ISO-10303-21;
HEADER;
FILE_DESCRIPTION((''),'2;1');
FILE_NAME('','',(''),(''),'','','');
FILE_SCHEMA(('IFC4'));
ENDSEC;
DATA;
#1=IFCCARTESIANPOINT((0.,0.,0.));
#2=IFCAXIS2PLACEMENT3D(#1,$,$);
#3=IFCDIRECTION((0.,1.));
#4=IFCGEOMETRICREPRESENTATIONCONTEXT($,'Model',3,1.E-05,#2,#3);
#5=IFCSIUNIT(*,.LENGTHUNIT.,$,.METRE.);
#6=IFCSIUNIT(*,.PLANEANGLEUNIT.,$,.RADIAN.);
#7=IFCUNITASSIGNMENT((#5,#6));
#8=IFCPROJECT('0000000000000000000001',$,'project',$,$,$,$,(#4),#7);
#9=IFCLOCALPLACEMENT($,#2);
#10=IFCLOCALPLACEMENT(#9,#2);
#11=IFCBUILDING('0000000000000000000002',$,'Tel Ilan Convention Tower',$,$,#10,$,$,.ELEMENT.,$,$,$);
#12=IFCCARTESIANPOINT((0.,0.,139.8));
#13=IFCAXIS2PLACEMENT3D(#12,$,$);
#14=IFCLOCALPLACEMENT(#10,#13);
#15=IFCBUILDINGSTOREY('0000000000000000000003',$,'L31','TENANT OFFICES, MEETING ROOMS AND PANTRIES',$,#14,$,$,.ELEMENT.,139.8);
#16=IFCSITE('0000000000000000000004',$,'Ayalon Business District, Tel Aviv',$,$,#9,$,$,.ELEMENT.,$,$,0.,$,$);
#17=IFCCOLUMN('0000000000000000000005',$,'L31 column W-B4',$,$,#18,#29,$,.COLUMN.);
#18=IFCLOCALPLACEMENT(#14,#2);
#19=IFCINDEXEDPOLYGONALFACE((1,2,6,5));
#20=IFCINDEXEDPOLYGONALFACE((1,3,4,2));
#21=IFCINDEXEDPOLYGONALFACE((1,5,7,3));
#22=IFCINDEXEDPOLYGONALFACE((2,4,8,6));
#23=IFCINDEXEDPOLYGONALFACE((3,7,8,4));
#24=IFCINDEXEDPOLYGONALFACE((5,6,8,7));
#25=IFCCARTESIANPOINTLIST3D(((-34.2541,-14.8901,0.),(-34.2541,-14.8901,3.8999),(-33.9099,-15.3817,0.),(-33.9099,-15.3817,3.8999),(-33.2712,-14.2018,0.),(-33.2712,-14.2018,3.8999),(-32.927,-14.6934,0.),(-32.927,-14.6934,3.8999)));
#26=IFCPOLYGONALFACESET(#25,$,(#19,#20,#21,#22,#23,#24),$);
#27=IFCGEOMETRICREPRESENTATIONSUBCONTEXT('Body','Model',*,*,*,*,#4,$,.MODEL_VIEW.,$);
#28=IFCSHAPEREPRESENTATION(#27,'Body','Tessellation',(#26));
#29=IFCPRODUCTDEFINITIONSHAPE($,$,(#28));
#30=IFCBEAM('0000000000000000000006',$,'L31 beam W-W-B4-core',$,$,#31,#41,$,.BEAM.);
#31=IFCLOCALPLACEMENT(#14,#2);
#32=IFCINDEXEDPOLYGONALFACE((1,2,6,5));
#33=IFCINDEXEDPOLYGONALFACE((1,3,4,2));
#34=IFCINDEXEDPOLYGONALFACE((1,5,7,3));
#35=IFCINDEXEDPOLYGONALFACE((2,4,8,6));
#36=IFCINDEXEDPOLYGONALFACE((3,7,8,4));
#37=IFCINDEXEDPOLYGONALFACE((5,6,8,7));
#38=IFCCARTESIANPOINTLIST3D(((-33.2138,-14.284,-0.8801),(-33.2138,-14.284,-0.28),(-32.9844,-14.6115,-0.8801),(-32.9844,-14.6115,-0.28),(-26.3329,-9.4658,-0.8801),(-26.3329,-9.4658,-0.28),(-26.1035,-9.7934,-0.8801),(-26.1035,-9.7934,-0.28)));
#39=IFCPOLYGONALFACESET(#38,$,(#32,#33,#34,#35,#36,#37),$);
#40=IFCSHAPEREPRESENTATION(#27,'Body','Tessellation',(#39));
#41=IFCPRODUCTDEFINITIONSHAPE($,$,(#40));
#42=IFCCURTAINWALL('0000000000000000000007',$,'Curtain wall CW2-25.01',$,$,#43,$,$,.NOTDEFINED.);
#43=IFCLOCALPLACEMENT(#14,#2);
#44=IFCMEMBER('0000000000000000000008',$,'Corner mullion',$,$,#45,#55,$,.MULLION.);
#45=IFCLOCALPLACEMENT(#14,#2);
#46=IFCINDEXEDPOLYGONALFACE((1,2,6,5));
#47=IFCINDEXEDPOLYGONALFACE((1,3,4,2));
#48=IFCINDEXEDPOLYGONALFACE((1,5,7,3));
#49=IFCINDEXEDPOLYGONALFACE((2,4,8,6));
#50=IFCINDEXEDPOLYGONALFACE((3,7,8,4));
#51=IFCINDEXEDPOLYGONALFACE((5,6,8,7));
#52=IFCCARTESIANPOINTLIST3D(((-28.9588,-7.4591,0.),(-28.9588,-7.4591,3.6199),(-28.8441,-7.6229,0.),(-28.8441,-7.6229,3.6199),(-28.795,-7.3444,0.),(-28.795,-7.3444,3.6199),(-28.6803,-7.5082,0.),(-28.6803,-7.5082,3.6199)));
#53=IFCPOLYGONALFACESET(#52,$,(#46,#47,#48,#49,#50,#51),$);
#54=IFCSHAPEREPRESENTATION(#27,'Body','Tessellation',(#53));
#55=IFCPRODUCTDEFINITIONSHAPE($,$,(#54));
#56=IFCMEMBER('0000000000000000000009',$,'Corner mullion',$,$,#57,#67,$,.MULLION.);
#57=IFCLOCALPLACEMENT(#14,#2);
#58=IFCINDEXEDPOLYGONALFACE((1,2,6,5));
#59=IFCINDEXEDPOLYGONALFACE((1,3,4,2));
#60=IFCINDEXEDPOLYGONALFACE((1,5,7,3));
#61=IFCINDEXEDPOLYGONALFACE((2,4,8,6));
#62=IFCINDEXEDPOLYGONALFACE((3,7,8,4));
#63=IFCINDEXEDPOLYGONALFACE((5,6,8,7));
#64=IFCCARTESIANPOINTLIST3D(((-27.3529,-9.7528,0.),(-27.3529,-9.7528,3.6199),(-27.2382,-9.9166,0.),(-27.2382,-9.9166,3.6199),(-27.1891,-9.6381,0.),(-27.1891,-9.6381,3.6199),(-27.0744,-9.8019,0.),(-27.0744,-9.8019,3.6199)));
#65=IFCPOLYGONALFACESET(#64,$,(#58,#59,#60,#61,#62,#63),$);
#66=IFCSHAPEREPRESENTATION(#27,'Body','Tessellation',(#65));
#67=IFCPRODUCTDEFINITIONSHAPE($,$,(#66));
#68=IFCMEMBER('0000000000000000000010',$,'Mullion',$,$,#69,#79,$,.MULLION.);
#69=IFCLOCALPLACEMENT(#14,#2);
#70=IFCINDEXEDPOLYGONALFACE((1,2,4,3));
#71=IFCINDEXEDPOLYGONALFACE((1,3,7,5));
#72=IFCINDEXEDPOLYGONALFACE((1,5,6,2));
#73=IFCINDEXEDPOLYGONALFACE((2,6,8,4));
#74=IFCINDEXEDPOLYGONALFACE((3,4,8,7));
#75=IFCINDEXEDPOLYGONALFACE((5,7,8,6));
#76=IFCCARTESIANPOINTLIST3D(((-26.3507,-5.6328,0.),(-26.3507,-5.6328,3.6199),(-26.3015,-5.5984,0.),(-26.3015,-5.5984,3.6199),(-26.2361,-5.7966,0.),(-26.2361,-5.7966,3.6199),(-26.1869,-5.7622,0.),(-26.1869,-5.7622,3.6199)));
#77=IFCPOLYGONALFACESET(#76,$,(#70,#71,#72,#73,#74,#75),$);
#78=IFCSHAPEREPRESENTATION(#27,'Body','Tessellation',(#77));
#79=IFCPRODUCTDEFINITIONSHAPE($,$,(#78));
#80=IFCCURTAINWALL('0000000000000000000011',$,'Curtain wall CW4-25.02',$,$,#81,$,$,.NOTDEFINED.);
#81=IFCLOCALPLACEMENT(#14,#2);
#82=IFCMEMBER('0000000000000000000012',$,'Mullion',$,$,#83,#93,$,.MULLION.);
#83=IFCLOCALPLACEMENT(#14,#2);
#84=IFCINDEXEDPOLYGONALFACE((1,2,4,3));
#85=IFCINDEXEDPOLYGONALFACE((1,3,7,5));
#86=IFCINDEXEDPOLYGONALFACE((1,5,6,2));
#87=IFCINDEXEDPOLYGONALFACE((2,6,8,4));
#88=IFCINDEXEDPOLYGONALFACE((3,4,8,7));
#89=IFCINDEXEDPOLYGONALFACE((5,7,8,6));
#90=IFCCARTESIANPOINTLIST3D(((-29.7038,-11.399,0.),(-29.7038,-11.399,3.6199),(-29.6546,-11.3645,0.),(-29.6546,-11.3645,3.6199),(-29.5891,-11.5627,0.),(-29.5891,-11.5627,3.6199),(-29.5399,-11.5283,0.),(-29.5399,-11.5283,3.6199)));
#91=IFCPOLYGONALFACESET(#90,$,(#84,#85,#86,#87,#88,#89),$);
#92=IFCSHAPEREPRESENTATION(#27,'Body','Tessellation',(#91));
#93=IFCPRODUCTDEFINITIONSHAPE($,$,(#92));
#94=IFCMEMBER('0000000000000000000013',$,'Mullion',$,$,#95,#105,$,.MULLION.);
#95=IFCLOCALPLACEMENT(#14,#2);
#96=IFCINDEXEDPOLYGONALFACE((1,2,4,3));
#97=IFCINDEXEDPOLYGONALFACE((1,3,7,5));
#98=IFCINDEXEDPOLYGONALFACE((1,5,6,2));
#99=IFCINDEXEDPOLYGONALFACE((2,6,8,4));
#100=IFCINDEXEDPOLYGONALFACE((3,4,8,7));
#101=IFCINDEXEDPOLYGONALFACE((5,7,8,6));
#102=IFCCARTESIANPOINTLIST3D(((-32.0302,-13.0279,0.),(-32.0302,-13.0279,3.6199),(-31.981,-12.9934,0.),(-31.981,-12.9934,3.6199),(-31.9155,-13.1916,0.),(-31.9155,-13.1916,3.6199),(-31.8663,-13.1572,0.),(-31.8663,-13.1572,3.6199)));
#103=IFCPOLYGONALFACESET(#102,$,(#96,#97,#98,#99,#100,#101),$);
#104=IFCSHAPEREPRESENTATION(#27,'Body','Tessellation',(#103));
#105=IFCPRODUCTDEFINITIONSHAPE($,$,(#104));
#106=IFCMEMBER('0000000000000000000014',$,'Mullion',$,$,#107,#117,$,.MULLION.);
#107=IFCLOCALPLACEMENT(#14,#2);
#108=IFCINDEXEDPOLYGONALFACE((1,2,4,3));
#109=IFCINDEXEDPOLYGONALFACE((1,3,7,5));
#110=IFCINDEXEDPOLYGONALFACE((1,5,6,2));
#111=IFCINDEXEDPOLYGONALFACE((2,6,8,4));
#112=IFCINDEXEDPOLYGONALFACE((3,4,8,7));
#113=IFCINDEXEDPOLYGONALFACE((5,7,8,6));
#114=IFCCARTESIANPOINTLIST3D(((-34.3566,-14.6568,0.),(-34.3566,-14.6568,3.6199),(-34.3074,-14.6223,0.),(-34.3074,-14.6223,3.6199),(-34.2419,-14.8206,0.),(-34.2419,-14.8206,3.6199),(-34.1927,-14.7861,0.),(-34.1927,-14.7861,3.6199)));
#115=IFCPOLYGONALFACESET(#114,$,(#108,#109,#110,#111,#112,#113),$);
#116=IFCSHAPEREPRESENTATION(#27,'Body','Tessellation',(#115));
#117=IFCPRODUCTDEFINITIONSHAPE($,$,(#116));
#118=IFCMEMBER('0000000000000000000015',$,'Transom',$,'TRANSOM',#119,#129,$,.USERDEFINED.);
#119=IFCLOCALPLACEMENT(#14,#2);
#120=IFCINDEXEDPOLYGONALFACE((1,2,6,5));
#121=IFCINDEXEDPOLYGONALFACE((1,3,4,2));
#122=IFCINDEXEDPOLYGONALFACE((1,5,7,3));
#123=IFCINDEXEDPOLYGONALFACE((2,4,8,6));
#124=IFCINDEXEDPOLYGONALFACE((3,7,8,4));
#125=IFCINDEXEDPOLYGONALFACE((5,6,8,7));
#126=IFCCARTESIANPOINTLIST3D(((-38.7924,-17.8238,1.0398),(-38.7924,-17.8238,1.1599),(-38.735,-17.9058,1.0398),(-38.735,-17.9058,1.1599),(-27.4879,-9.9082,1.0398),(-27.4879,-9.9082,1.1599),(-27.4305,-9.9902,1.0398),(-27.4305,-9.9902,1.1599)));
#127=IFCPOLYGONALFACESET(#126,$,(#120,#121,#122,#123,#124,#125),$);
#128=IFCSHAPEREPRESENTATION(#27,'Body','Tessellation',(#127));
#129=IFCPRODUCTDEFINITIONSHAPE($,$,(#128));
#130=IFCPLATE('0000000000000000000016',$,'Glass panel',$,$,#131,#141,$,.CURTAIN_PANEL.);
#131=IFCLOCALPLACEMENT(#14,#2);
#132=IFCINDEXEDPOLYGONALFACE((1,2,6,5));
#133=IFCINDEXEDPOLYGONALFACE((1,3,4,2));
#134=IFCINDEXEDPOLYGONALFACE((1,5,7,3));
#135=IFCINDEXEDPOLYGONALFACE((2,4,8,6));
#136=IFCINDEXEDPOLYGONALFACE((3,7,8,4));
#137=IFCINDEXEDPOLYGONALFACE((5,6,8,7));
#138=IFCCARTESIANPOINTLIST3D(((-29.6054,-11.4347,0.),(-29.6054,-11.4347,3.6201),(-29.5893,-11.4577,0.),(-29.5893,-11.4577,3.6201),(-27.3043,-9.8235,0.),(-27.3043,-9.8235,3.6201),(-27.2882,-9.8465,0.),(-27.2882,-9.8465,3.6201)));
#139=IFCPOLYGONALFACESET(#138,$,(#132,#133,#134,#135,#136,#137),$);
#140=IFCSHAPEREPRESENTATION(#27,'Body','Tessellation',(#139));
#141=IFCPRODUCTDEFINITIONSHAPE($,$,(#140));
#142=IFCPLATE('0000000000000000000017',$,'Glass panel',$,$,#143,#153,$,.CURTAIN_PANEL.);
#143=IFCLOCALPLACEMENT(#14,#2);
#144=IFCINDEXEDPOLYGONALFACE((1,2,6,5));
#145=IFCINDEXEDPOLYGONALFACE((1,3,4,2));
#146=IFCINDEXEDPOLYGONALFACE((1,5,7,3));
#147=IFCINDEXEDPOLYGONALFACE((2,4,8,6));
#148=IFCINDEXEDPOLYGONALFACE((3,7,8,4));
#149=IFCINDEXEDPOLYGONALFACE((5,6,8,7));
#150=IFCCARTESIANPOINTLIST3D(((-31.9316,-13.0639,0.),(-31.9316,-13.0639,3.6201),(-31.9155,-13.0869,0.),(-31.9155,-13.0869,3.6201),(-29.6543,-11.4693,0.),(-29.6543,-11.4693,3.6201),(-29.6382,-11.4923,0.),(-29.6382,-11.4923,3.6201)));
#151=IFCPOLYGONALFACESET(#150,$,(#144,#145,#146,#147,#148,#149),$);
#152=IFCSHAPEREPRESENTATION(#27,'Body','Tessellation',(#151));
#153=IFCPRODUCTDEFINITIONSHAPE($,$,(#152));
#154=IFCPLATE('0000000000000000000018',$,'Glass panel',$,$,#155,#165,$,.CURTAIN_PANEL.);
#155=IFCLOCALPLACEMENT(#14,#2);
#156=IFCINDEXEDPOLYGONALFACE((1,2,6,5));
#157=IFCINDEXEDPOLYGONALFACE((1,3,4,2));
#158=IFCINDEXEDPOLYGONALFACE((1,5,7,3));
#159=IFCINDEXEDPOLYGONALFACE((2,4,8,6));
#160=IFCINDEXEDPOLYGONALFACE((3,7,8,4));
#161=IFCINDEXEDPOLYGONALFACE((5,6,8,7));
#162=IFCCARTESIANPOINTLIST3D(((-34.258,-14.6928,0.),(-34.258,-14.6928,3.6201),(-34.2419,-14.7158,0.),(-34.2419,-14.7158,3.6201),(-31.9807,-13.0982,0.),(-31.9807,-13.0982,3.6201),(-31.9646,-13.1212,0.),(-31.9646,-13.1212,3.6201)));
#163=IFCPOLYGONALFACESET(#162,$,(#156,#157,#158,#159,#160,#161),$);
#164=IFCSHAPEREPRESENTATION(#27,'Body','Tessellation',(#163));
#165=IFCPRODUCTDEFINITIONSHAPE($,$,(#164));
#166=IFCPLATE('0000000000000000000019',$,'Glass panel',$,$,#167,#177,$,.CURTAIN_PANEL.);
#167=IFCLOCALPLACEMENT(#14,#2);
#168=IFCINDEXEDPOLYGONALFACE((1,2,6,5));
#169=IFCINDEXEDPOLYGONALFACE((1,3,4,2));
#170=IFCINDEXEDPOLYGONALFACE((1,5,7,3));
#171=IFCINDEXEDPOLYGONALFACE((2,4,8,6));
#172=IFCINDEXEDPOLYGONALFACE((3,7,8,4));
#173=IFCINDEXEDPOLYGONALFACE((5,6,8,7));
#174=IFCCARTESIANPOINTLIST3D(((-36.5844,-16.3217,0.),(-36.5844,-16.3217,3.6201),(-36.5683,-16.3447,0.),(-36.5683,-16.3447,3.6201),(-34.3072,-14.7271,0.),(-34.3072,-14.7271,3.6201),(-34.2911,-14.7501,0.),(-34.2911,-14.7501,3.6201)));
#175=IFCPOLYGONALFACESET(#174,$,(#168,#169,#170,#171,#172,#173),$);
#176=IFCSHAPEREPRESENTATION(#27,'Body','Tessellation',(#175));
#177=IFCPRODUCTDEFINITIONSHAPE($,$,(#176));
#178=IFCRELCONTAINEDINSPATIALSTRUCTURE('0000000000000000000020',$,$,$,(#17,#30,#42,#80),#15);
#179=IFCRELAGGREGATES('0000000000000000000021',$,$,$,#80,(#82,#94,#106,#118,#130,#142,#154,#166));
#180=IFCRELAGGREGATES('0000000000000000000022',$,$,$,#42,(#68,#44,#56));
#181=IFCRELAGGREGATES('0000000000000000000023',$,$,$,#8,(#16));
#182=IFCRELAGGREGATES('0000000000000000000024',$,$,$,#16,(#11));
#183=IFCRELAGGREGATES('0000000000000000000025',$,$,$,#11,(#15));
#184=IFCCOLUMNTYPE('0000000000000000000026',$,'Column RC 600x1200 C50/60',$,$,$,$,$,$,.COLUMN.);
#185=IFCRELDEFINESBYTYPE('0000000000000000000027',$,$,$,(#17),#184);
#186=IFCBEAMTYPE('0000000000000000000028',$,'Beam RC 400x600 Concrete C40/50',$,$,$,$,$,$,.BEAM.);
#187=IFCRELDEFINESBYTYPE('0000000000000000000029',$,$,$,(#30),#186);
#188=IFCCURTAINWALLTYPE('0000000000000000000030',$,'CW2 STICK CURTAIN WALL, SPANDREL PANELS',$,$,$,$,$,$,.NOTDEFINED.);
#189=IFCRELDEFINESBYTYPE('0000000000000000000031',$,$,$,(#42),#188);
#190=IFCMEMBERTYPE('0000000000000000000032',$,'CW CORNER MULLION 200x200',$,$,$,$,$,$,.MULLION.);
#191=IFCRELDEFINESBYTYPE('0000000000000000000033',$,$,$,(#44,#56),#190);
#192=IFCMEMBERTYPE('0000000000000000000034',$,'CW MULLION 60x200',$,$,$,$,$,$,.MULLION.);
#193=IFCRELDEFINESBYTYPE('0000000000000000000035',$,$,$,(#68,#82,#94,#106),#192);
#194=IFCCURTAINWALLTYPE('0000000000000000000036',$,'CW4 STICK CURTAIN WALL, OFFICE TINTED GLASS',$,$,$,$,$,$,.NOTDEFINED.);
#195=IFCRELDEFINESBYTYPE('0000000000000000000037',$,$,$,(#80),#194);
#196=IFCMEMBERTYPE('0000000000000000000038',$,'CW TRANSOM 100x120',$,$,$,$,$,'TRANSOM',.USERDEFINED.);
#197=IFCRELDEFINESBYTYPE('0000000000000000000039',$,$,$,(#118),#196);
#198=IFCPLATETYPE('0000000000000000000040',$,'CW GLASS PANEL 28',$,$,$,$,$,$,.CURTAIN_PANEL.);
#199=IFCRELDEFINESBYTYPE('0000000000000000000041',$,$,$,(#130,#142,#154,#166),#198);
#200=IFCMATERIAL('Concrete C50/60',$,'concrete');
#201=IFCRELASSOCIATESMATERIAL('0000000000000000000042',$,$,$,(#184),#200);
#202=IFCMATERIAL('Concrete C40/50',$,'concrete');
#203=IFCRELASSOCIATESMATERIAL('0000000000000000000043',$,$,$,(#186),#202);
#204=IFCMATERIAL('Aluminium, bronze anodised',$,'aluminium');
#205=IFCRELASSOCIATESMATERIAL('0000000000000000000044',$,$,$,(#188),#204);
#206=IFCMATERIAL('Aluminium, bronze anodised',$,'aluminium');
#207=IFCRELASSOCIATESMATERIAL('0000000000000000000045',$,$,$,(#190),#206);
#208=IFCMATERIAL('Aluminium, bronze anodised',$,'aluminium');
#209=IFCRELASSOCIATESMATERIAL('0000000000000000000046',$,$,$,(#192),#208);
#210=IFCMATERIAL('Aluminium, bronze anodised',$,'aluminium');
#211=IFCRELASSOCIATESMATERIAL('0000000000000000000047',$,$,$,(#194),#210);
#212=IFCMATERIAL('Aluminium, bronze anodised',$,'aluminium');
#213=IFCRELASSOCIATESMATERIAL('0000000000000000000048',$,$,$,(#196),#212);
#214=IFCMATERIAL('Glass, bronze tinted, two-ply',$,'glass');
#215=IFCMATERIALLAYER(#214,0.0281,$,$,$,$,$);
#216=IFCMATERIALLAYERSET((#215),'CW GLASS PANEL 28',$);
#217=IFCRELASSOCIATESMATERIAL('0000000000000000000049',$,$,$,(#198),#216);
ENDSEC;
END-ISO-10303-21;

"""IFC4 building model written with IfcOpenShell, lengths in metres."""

from ifc_helpers import new_model, si_unit, direction, frame, origin, origin_2d, place, context, subcontext, project, spatial, rectangle, extrude, material, layer, layer_set, material_profile, profile_set, type_object, element, aggregate, save


model = new_model("IFC4")

# Units and contexts
model_context = context("Model", 3, precision=1e-05, world=origin(), true_north=direction((0.0, 1.0)))
body_context = subcontext(model_context, "Body", "Model", "MODEL_VIEW")
ifc_project = project(units=[si_unit("LENGTHUNIT", "METRE"), si_unit("PLANEANGLEUNIT", "RADIAN")], contexts=[model_context])

# Site, building, storey
site_placement = place(None, origin())
site = spatial("IfcSite", under=ifc_project, at=site_placement, Name="Ayalon Business District, Tel Aviv", CompositionType="ELEMENT", RefElevation=0.0)
building_placement = place(site_placement, origin())
building = spatial("IfcBuilding", under=site, at=building_placement, Name="Tel Ilan Convention Tower", CompositionType="ELEMENT")
storey_placement = place(building_placement, frame((0.0, 0.0, 139.8)))
storey = spatial("IfcBuildingStorey", under=building, at=storey_placement, Name="L31", Description="TENANT OFFICES, MEETING ROOMS AND PANTRIES", CompositionType="ELEMENT", Elevation=139.8)

# Column
ifc_material_1 = material(Name="Concrete C50/60", Category="concrete")
ifc_material_profile_1 = material_profile(ifc_material_1, rectangle(XDim=1.2, YDim=0.6001, at=origin_2d()), Name="RC 600x1200")
ifc_profile_set_1 = profile_set([ifc_material_profile_1], Name="Concrete C50/60")
column_type = type_object("IfcColumnType", Name="Column RC 600x1200 C50/60", PredefinedType="COLUMN", material=ifc_profile_set_1)
column_placement = place(storey_placement, frame((-33.5906, -14.7917, 0.0), z_axis=(0.0, 0.0, 1.0), x_axis=(-0.819152, -0.573576, 0.0)))
element("IfcColumn", 1, at=column_placement, inside=storey, type_object=column_type, Name="L31 column W-B4", PredefinedType="COLUMN", context=body_context, shape_type="SweptSolid", body=[
    extrude(rectangle(XDim=1.2, YDim=0.6001, at=origin_2d()), origin(), (0.0, 0.0, 1.0), 3.8999),
])

# Beam
ifc_material_2 = material(Name="Concrete C40/50", Category="concrete")
ifc_material_profile_2 = material_profile(ifc_material_2, rectangle(XDim=0.3999, YDim=0.6001, at=origin_2d()), Name="RC 400x600")
ifc_profile_set_2 = profile_set([ifc_material_profile_2], Name="Concrete C40/50")
beam_type = type_object("IfcBeamType", Name="Beam RC 400x600 Concrete C40/50", PredefinedType="BEAM", material=ifc_profile_set_2)
beam_placement = place(storey_placement, frame((-33.0991, -14.4478, -0.5801), z_axis=(0.819147, 0.573583, 0.0), x_axis=(-0.573583, 0.819147, 0.0)))
element("IfcBeam", 2, at=beam_placement, inside=storey, type_object=beam_type, Name="L31 beam W-W-B4-core", PredefinedType="BEAM", context=body_context, shape_type="SweptSolid", body=[
    extrude(rectangle(XDim=0.3999, YDim=0.6001, at=origin_2d()), origin(), (0.0, 0.0, 1.0), 8.4001),
])

# Curtain wall, members
ifc_material_3 = material(Name="Aluminium, bronze anodised", Category="aluminium")
curtain_wall_type_1 = type_object("IfcCurtainWallType", Name="CW2 STICK CURTAIN WALL, SPANDREL PANELS", PredefinedType="NOTDEFINED", material=ifc_material_3)
curtain_wall_1_placement = place(storey_placement, origin())
curtain_wall_1 = element("IfcCurtainWall", 3, at=curtain_wall_1_placement, inside=storey, type_object=curtain_wall_type_1, Name="Curtain wall CW2-25.01", PredefinedType="NOTDEFINED")
ifc_material_4 = material(Name="Aluminium, bronze anodised", Category="aluminium")
ifc_material_profile_3 = material_profile(ifc_material_4, rectangle(XDim=0.2, YDim=0.2, at=origin_2d()), Name="CW CORNER MULLION 200x200")
ifc_profile_set_3 = profile_set([ifc_material_profile_3], Name="Aluminium, bronze anodised")
member_type_1 = type_object("IfcMemberType", Name="CW CORNER MULLION 200x200", PredefinedType="MULLION", material=ifc_profile_set_3)
member_1_placement = place(storey_placement, frame((-28.8196, -7.4836, 0.0), z_axis=(0.0, 0.0, 1.0), x_axis=(-0.819152, -0.573576, 0.0)))
member_1 = element("IfcMember", 4, at=member_1_placement, type_object=member_type_1, Name="Corner mullion", PredefinedType="MULLION", context=body_context, shape_type="SweptSolid", body=[
    extrude(rectangle(XDim=0.2, YDim=0.2, at=origin_2d()), origin(), (0.0, 0.0, 1.0), 3.6199),
])
member_2_placement = place(storey_placement, frame((-27.2136, -9.7773, 0.0), z_axis=(0.0, 0.0, 1.0), x_axis=(0.573576, -0.819152, 0.0)))
member_2 = element("IfcMember", 5, at=member_2_placement, type_object=member_type_1, Name="Corner mullion", PredefinedType="MULLION", context=body_context, shape_type="SweptSolid", body=[
    extrude(rectangle(XDim=0.2, YDim=0.2, at=origin_2d()), origin(), (0.0, 0.0, 1.0), 3.6199),
])
ifc_material_5 = material(Name="Aluminium, bronze anodised", Category="aluminium")
ifc_material_profile_4 = material_profile(ifc_material_5, rectangle(XDim=0.0601, YDim=0.2, at=origin_2d()), Name="CW MULLION 60x200")
ifc_profile_set_4 = profile_set([ifc_material_profile_4], Name="Aluminium, bronze anodised")
member_type_2 = type_object("IfcMemberType", Name="CW MULLION 60x200", PredefinedType="MULLION", material=ifc_profile_set_4)
member_3_placement = place(storey_placement, frame((-26.2688, -5.6975, 0.0), z_axis=(0.0, 0.0, 1.0), x_axis=(-0.819152, -0.573576, 0.0)))
member_3 = element("IfcMember", 6, at=member_3_placement, type_object=member_type_2, Name="Mullion", PredefinedType="MULLION", context=body_context, shape_type="SweptSolid", body=[
    extrude(rectangle(XDim=0.0601, YDim=0.2, at=origin_2d()), origin(), (0.0, 0.0, 1.0), 3.6199),
])

# Curtain wall, members, plates
ifc_material_6 = material(Name="Aluminium, bronze anodised", Category="aluminium")
curtain_wall_type_2 = type_object("IfcCurtainWallType", Name="CW4 STICK CURTAIN WALL, OFFICE TINTED GLASS", PredefinedType="NOTDEFINED", material=ifc_material_6)
curtain_wall_2_placement = place(storey_placement, origin())
curtain_wall_2 = element("IfcCurtainWall", 7, at=curtain_wall_2_placement, inside=storey, type_object=curtain_wall_type_2, Name="Curtain wall CW4-25.02", PredefinedType="NOTDEFINED")
member_4_placement = place(storey_placement, frame((-29.6218, -11.4636, 0.0), z_axis=(0.0, 0.0, 1.0), x_axis=(-0.819152, -0.573576, 0.0)))
member_4 = element("IfcMember", 8, at=member_4_placement, type_object=member_type_2, Name="Mullion", PredefinedType="MULLION", context=body_context, shape_type="SweptSolid", body=[
    extrude(rectangle(XDim=0.0601, YDim=0.2, at=origin_2d()), origin(), (0.0, 0.0, 1.0), 3.6199),
])
member_5_placement = place(storey_placement, frame((-31.9482, -13.0925, 0.0), z_axis=(0.0, 0.0, 1.0), x_axis=(-0.819152, -0.573576, 0.0)))
member_5 = element("IfcMember", 9, at=member_5_placement, type_object=member_type_2, Name="Mullion", PredefinedType="MULLION", context=body_context, shape_type="SweptSolid", body=[
    extrude(rectangle(XDim=0.0601, YDim=0.2, at=origin_2d()), origin(), (0.0, 0.0, 1.0), 3.6199),
])
member_6_placement = place(storey_placement, frame((-34.2747, -14.7214, 0.0), z_axis=(0.0, 0.0, 1.0), x_axis=(-0.819152, -0.573576, 0.0)))
member_6 = element("IfcMember", 10, at=member_6_placement, type_object=member_type_2, Name="Mullion", PredefinedType="MULLION", context=body_context, shape_type="SweptSolid", body=[
    extrude(rectangle(XDim=0.0601, YDim=0.2, at=origin_2d()), origin(), (0.0, 0.0, 1.0), 3.6199),
])
ifc_material_7 = material(Name="Aluminium, bronze anodised", Category="aluminium")
ifc_material_profile_5 = material_profile(ifc_material_7, rectangle(XDim=0.1001, YDim=0.1201, at=origin_2d()), Name="CW TRANSOM 100x120")
ifc_profile_set_5 = profile_set([ifc_material_profile_5], Name="Aluminium, bronze anodised")
member_type_3 = type_object("IfcMemberType", Name="CW TRANSOM 100x120", ElementType="TRANSOM", PredefinedType="USERDEFINED", material=ifc_profile_set_5)
member_7_placement = place(storey_placement, frame((-27.4592, -9.9492, 1.0999), z_axis=(-0.81915, -0.57358, 0.0), x_axis=(0.57358, -0.81915, 0.0)))
member_7 = element("IfcMember", 11, at=member_7_placement, type_object=member_type_3, Name="Transom", ObjectType="TRANSOM", PredefinedType="USERDEFINED", context=body_context, shape_type="SweptSolid", body=[
    extrude(rectangle(XDim=0.1001, YDim=0.1201, at=origin_2d()), origin(), (0.0, 0.0, 1.0), 13.8003),
])
ifc_material_8 = material(Name="Glass, bronze tinted, two-ply", Category="glass")
ifc_layer_1 = layer(ifc_material_8, 0.0281)
ifc_layer_set_1 = layer_set([ifc_layer_1], Name="CW GLASS PANEL 28")
plate_type_1 = type_object("IfcPlateType", Name="CW GLASS PANEL 28", PredefinedType="CURTAIN_PANEL", material=ifc_layer_set_1)
plate_1_placement = place(storey_placement, frame((-28.4468, -10.6406, 0.0), z_axis=(0.0, 0.0, 1.0), x_axis=(-0.819152, -0.573576, 0.0)))
plate_1 = element("IfcPlate", 12, at=plate_1_placement, type_object=plate_type_1, Name="Glass panel", PredefinedType="CURTAIN_PANEL", context=body_context, shape_type="SweptSolid", body=[
    extrude(rectangle(XDim=2.8091, YDim=0.0281, at=origin_2d()), origin(), (0.0, 0.0, 1.0), 3.6201),
])
plate_2_placement = place(storey_placement, frame((-30.7849, -12.2781, 0.0), z_axis=(0.0, 0.0, 1.0), x_axis=(-0.819152, -0.573576, 0.0)))
plate_2 = element("IfcPlate", 13, at=plate_2_placement, type_object=plate_type_1, Name="Glass panel", PredefinedType="CURTAIN_PANEL", context=body_context, shape_type="SweptSolid", body=[
    extrude(rectangle(XDim=2.78, YDim=0.0281, at=origin_2d()), origin(), (0.0, 0.0, 1.0), 3.6201),
])
plate_3_placement = place(storey_placement, frame((-33.1113, -13.907, 0.0), z_axis=(0.0, 0.0, 1.0), x_axis=(-0.819152, -0.573576, 0.0)))
plate_3 = element("IfcPlate", 14, at=plate_3_placement, type_object=plate_type_1, Name="Glass panel", PredefinedType="CURTAIN_PANEL", context=body_context, shape_type="SweptSolid", body=[
    extrude(rectangle(XDim=2.78, YDim=0.0281, at=origin_2d()), origin(), (0.0, 0.0, 1.0), 3.6201),
])
plate_4_placement = place(storey_placement, frame((-35.4377, -15.5359, 0.0), z_axis=(0.0, 0.0, 1.0), x_axis=(-0.819152, -0.573576, 0.0)))
plate_4 = element("IfcPlate", 15, at=plate_4_placement, type_object=plate_type_1, Name="Glass panel", PredefinedType="CURTAIN_PANEL", context=body_context, shape_type="SweptSolid", body=[
    extrude(rectangle(XDim=2.78, YDim=0.0281, at=origin_2d()), origin(), (0.0, 0.0, 1.0), 3.6201),
])
aggregate(curtain_wall_2, [member_4, member_5, member_6, member_7, plate_1, plate_2, plate_3, plate_4])

aggregate(curtain_wall_1, [member_3, member_1, member_2])

save(model, "model.ifc")
